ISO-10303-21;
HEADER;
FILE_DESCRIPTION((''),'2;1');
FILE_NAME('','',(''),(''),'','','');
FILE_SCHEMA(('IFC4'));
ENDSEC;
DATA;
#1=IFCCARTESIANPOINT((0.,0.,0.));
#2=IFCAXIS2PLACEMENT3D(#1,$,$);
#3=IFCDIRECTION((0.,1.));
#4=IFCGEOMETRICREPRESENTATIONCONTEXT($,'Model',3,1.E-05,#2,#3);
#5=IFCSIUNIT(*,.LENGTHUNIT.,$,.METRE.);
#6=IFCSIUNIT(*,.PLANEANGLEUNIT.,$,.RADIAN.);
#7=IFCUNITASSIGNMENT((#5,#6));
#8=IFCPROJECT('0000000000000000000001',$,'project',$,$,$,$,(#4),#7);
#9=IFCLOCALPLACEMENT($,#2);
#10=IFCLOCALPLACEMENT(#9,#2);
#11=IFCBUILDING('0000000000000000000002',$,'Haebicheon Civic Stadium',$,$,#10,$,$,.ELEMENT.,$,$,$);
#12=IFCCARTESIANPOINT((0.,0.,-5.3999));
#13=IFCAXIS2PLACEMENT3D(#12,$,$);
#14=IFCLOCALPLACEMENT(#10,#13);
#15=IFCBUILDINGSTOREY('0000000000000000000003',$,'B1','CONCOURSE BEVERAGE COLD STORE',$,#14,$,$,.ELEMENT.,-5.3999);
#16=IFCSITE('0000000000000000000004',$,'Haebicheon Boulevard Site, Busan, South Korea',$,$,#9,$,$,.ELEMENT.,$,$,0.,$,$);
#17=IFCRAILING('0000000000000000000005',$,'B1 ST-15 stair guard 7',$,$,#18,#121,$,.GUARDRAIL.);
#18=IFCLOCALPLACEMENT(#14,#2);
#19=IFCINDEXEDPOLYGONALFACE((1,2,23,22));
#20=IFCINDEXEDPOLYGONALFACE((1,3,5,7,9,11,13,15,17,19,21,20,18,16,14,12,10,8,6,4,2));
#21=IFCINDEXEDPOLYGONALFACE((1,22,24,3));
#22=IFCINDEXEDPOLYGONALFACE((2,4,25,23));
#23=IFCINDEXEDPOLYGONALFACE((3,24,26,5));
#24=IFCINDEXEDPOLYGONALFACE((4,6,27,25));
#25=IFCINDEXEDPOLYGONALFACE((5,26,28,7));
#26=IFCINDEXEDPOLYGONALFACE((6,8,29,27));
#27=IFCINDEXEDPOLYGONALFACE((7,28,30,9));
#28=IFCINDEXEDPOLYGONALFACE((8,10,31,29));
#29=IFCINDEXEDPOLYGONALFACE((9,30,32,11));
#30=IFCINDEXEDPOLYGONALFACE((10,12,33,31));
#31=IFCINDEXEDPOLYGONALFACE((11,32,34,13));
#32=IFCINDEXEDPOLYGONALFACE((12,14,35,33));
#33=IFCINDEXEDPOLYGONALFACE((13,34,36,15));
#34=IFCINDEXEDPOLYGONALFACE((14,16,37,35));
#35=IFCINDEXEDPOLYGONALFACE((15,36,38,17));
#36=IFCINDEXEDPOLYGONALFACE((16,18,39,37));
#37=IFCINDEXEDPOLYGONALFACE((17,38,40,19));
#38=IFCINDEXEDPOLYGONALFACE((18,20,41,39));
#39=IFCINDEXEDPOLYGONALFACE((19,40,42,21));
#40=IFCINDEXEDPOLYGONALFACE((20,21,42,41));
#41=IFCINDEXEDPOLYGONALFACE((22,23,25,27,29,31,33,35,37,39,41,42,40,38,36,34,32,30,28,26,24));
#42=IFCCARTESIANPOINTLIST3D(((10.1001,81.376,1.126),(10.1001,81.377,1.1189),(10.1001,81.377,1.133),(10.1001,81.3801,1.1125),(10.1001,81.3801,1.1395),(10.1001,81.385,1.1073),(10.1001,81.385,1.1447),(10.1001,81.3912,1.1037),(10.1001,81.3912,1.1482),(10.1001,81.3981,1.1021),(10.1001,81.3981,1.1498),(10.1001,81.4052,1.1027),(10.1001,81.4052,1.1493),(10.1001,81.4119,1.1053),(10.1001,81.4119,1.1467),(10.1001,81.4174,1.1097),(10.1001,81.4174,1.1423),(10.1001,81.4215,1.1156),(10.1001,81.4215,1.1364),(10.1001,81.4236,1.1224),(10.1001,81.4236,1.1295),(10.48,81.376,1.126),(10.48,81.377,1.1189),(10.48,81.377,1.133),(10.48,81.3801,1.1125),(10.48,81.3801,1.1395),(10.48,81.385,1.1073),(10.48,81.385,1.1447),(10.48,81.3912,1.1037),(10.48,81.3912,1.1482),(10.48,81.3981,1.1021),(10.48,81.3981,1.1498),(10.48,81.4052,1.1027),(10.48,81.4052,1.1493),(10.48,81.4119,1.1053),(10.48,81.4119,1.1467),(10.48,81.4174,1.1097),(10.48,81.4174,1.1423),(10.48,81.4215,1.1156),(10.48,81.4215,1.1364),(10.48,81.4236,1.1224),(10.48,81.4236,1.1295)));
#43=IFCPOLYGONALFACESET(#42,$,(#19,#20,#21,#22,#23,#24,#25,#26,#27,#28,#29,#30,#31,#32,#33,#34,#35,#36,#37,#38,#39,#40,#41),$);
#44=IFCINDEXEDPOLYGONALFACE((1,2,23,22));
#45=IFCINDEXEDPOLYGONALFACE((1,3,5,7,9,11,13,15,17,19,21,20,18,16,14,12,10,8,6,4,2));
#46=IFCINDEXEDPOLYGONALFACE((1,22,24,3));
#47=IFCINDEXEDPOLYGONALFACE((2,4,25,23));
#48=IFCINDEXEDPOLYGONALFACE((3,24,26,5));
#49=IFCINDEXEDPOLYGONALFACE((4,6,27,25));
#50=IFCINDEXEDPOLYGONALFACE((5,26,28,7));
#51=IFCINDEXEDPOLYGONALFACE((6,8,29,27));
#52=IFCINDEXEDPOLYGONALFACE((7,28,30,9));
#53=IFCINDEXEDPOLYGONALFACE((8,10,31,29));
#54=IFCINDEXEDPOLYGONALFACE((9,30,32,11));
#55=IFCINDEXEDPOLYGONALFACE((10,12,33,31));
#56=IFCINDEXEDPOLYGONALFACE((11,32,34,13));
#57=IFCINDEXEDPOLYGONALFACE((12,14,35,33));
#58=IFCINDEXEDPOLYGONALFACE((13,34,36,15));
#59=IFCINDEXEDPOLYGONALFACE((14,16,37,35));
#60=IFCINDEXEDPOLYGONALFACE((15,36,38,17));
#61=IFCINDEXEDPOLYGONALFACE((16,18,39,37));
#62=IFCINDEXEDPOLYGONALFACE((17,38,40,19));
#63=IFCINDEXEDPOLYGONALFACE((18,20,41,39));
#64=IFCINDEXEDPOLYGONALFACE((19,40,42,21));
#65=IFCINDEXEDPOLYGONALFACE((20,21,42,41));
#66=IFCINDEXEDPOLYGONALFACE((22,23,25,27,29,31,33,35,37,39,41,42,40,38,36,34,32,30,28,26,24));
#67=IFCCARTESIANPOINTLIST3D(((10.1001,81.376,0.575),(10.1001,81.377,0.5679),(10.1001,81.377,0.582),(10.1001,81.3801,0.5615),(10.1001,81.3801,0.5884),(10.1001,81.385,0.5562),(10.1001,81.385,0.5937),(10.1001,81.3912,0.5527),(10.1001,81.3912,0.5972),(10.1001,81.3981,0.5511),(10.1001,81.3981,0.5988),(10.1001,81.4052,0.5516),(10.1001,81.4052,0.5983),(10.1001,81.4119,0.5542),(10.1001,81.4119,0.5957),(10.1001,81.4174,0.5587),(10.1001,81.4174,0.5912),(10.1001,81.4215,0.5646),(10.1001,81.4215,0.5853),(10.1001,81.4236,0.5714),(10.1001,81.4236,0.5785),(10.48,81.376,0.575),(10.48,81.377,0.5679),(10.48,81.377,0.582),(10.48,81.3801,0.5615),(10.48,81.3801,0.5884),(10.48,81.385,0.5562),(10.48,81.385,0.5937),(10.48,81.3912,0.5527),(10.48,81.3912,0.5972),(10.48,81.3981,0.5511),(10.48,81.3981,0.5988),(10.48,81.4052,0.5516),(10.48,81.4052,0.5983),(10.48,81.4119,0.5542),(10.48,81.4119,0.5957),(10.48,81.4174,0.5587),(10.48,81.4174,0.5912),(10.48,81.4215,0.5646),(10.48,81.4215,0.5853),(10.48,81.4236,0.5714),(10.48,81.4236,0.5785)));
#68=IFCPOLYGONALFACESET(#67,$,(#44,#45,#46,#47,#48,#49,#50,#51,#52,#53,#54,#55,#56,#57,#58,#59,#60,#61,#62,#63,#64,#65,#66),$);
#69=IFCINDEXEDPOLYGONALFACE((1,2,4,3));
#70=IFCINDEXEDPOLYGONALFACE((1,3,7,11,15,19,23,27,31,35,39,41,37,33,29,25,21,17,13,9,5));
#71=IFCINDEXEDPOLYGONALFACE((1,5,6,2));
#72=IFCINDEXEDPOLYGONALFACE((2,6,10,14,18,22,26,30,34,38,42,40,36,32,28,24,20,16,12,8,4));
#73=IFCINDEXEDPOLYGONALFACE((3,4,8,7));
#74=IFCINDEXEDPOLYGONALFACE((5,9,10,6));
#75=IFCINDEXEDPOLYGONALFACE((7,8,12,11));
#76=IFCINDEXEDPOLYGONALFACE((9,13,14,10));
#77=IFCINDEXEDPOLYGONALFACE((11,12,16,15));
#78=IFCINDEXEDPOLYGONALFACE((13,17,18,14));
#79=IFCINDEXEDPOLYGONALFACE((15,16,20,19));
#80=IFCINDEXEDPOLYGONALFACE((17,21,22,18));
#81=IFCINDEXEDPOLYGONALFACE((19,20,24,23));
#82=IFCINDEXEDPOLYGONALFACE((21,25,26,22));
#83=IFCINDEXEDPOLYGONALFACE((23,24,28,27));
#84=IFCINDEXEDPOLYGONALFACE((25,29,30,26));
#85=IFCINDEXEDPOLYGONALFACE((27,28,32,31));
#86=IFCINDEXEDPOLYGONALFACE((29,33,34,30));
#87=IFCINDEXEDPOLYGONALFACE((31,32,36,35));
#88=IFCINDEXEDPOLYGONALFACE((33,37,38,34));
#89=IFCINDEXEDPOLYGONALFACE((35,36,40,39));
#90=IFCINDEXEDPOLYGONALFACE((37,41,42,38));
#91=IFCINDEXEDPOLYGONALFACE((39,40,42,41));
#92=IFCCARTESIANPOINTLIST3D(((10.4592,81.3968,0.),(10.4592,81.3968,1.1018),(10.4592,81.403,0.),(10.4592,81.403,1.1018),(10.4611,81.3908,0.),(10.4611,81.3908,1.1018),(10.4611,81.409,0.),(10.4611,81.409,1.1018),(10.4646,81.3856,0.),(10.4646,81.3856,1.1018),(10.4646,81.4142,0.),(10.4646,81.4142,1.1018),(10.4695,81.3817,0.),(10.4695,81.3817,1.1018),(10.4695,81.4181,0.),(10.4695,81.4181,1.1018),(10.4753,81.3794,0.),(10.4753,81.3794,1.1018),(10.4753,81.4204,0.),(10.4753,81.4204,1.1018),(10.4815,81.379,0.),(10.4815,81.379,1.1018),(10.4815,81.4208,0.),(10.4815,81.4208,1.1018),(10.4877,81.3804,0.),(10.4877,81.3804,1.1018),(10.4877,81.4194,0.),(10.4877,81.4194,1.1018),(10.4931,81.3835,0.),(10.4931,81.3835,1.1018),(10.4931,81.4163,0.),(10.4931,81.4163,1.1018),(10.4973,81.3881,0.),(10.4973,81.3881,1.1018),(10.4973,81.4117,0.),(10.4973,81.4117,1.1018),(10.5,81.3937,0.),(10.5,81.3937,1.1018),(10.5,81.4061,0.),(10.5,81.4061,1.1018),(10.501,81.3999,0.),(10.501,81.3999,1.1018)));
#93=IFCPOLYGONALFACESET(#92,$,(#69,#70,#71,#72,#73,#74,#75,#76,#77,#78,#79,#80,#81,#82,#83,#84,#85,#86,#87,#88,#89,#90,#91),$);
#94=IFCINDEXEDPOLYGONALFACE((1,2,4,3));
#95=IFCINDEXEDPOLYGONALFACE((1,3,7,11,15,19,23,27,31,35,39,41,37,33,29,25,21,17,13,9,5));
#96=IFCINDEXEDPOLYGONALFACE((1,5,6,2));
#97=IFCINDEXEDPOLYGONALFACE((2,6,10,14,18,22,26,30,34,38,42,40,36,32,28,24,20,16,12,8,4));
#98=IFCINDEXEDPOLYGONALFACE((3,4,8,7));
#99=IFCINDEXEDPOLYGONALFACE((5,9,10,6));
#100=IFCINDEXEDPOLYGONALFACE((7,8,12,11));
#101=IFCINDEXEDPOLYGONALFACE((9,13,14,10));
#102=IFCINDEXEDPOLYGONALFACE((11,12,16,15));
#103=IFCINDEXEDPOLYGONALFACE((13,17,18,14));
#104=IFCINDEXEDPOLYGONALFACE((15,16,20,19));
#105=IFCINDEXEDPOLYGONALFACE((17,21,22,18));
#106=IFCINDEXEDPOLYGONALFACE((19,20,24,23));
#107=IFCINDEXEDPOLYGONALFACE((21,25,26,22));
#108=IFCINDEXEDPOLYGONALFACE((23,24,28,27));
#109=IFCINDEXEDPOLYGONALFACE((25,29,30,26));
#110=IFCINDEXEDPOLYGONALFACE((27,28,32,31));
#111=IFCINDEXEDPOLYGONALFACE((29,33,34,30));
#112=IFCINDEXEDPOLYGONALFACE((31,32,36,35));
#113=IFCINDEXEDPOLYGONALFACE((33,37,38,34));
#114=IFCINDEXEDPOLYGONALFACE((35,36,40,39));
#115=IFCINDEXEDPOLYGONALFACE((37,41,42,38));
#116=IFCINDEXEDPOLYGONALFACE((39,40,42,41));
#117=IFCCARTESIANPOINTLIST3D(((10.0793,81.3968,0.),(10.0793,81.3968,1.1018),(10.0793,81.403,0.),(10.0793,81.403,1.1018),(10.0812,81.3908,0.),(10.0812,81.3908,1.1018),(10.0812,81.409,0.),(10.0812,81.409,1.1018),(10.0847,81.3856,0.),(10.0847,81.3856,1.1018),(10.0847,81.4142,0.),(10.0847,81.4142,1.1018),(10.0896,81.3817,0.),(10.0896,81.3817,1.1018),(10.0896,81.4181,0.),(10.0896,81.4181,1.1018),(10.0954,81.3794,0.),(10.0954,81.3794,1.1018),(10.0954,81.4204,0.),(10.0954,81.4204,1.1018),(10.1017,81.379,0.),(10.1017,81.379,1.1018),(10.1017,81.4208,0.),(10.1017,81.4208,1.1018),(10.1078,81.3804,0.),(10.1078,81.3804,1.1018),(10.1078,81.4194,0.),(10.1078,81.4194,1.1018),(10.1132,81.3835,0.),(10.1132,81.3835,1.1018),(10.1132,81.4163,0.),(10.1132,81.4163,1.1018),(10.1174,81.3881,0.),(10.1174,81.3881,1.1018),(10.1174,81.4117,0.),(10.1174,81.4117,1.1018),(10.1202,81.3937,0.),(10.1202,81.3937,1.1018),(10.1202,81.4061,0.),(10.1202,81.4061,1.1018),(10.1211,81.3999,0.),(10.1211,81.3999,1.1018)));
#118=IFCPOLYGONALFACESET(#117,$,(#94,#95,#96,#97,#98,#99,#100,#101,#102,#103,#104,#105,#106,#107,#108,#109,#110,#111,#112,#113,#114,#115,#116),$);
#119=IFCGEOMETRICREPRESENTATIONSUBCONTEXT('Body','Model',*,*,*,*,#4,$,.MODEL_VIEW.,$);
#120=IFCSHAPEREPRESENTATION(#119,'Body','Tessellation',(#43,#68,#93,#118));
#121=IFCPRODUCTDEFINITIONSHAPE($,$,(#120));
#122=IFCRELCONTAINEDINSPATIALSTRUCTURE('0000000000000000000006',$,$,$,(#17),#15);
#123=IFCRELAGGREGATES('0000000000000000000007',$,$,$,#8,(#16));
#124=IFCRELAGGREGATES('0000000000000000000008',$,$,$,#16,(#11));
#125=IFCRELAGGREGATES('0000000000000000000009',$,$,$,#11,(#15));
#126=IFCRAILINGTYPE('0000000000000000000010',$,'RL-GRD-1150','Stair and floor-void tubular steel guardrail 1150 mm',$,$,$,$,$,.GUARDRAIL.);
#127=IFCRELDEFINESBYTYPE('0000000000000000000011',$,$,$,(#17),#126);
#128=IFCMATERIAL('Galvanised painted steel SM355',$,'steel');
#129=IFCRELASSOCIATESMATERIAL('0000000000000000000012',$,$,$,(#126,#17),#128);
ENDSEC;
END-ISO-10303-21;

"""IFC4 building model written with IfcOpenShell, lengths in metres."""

from ifc_helpers import new_model, si_unit, direction, frame, origin, origin_2d, place, context, subcontext, project, spatial, circle, extrude, material, type_object, element, save


model = new_model("IFC4")

# Units and contexts
model_context = context("Model", 3, precision=1e-05, world=origin(), true_north=direction((0.0, 1.0)))
body_context = subcontext(model_context, "Body", "Model", "MODEL_VIEW")
ifc_project = project(units=[si_unit("LENGTHUNIT", "METRE"), si_unit("PLANEANGLEUNIT", "RADIAN")], contexts=[model_context])

# Site, building, storey
site_placement = place(None, origin())
site = spatial("IfcSite", under=ifc_project, at=site_placement, Name="Haebicheon Boulevard Site, Busan, South Korea", CompositionType="ELEMENT", RefElevation=0.0)
building_placement = place(site_placement, origin())
building = spatial("IfcBuilding", under=site, at=building_placement, Name="Haebicheon Civic Stadium", CompositionType="ELEMENT")
storey_placement = place(building_placement, frame((0.0, 0.0, -5.3999)))
storey = spatial("IfcBuildingStorey", under=building, at=storey_placement, Name="B1", Description="CONCOURSE BEVERAGE COLD STORE", CompositionType="ELEMENT", Elevation=-5.3999)

# Railing
ifc_material_1 = material(Name="Galvanised painted steel SM355", Category="steel")
railing_type = type_object("IfcRailingType", Name="RL-GRD-1150", Description="Stair and floor-void tubular steel guardrail 1150 mm", PredefinedType="GUARDRAIL", material=ifc_material_1)
railing_1_placement = place(storey_placement, frame((10.48, 81.3999, 0.0)))
element("IfcRailing", 1, at=railing_1_placement, inside=storey, type_object=railing_type, material=ifc_material_1, Name="B1 ST-15 stair guard 7", PredefinedType="GUARDRAIL", context=body_context, shape_type="SweptSolid", body=[
    extrude(circle(Radius=0.0239, at=origin_2d()), frame((0.0, 0.0, 1.126), z_axis=(-1.0, 0.0, 0.0), x_axis=(0.0, -1.0, 0.0)), (0.0, 0.0, 1.0), 0.3799),
    extrude(circle(Radius=0.0239, at=origin_2d()), frame((0.0, 0.0, 0.575), z_axis=(-1.0, 0.0, 0.0), x_axis=(0.0, -1.0, 0.0)), (0.0, 0.0, 1.0), 0.3799),
    extrude(circle(Radius=0.021, at=origin_2d()), origin(), (0.0, 0.0, 1.0), 1.1018),
    extrude(circle(Radius=0.021, at=origin_2d()), frame((-0.3799, 0.0, 0.0)), (0.0, 0.0, 1.0), 1.1018),
])

save(model, "model.ifc")
